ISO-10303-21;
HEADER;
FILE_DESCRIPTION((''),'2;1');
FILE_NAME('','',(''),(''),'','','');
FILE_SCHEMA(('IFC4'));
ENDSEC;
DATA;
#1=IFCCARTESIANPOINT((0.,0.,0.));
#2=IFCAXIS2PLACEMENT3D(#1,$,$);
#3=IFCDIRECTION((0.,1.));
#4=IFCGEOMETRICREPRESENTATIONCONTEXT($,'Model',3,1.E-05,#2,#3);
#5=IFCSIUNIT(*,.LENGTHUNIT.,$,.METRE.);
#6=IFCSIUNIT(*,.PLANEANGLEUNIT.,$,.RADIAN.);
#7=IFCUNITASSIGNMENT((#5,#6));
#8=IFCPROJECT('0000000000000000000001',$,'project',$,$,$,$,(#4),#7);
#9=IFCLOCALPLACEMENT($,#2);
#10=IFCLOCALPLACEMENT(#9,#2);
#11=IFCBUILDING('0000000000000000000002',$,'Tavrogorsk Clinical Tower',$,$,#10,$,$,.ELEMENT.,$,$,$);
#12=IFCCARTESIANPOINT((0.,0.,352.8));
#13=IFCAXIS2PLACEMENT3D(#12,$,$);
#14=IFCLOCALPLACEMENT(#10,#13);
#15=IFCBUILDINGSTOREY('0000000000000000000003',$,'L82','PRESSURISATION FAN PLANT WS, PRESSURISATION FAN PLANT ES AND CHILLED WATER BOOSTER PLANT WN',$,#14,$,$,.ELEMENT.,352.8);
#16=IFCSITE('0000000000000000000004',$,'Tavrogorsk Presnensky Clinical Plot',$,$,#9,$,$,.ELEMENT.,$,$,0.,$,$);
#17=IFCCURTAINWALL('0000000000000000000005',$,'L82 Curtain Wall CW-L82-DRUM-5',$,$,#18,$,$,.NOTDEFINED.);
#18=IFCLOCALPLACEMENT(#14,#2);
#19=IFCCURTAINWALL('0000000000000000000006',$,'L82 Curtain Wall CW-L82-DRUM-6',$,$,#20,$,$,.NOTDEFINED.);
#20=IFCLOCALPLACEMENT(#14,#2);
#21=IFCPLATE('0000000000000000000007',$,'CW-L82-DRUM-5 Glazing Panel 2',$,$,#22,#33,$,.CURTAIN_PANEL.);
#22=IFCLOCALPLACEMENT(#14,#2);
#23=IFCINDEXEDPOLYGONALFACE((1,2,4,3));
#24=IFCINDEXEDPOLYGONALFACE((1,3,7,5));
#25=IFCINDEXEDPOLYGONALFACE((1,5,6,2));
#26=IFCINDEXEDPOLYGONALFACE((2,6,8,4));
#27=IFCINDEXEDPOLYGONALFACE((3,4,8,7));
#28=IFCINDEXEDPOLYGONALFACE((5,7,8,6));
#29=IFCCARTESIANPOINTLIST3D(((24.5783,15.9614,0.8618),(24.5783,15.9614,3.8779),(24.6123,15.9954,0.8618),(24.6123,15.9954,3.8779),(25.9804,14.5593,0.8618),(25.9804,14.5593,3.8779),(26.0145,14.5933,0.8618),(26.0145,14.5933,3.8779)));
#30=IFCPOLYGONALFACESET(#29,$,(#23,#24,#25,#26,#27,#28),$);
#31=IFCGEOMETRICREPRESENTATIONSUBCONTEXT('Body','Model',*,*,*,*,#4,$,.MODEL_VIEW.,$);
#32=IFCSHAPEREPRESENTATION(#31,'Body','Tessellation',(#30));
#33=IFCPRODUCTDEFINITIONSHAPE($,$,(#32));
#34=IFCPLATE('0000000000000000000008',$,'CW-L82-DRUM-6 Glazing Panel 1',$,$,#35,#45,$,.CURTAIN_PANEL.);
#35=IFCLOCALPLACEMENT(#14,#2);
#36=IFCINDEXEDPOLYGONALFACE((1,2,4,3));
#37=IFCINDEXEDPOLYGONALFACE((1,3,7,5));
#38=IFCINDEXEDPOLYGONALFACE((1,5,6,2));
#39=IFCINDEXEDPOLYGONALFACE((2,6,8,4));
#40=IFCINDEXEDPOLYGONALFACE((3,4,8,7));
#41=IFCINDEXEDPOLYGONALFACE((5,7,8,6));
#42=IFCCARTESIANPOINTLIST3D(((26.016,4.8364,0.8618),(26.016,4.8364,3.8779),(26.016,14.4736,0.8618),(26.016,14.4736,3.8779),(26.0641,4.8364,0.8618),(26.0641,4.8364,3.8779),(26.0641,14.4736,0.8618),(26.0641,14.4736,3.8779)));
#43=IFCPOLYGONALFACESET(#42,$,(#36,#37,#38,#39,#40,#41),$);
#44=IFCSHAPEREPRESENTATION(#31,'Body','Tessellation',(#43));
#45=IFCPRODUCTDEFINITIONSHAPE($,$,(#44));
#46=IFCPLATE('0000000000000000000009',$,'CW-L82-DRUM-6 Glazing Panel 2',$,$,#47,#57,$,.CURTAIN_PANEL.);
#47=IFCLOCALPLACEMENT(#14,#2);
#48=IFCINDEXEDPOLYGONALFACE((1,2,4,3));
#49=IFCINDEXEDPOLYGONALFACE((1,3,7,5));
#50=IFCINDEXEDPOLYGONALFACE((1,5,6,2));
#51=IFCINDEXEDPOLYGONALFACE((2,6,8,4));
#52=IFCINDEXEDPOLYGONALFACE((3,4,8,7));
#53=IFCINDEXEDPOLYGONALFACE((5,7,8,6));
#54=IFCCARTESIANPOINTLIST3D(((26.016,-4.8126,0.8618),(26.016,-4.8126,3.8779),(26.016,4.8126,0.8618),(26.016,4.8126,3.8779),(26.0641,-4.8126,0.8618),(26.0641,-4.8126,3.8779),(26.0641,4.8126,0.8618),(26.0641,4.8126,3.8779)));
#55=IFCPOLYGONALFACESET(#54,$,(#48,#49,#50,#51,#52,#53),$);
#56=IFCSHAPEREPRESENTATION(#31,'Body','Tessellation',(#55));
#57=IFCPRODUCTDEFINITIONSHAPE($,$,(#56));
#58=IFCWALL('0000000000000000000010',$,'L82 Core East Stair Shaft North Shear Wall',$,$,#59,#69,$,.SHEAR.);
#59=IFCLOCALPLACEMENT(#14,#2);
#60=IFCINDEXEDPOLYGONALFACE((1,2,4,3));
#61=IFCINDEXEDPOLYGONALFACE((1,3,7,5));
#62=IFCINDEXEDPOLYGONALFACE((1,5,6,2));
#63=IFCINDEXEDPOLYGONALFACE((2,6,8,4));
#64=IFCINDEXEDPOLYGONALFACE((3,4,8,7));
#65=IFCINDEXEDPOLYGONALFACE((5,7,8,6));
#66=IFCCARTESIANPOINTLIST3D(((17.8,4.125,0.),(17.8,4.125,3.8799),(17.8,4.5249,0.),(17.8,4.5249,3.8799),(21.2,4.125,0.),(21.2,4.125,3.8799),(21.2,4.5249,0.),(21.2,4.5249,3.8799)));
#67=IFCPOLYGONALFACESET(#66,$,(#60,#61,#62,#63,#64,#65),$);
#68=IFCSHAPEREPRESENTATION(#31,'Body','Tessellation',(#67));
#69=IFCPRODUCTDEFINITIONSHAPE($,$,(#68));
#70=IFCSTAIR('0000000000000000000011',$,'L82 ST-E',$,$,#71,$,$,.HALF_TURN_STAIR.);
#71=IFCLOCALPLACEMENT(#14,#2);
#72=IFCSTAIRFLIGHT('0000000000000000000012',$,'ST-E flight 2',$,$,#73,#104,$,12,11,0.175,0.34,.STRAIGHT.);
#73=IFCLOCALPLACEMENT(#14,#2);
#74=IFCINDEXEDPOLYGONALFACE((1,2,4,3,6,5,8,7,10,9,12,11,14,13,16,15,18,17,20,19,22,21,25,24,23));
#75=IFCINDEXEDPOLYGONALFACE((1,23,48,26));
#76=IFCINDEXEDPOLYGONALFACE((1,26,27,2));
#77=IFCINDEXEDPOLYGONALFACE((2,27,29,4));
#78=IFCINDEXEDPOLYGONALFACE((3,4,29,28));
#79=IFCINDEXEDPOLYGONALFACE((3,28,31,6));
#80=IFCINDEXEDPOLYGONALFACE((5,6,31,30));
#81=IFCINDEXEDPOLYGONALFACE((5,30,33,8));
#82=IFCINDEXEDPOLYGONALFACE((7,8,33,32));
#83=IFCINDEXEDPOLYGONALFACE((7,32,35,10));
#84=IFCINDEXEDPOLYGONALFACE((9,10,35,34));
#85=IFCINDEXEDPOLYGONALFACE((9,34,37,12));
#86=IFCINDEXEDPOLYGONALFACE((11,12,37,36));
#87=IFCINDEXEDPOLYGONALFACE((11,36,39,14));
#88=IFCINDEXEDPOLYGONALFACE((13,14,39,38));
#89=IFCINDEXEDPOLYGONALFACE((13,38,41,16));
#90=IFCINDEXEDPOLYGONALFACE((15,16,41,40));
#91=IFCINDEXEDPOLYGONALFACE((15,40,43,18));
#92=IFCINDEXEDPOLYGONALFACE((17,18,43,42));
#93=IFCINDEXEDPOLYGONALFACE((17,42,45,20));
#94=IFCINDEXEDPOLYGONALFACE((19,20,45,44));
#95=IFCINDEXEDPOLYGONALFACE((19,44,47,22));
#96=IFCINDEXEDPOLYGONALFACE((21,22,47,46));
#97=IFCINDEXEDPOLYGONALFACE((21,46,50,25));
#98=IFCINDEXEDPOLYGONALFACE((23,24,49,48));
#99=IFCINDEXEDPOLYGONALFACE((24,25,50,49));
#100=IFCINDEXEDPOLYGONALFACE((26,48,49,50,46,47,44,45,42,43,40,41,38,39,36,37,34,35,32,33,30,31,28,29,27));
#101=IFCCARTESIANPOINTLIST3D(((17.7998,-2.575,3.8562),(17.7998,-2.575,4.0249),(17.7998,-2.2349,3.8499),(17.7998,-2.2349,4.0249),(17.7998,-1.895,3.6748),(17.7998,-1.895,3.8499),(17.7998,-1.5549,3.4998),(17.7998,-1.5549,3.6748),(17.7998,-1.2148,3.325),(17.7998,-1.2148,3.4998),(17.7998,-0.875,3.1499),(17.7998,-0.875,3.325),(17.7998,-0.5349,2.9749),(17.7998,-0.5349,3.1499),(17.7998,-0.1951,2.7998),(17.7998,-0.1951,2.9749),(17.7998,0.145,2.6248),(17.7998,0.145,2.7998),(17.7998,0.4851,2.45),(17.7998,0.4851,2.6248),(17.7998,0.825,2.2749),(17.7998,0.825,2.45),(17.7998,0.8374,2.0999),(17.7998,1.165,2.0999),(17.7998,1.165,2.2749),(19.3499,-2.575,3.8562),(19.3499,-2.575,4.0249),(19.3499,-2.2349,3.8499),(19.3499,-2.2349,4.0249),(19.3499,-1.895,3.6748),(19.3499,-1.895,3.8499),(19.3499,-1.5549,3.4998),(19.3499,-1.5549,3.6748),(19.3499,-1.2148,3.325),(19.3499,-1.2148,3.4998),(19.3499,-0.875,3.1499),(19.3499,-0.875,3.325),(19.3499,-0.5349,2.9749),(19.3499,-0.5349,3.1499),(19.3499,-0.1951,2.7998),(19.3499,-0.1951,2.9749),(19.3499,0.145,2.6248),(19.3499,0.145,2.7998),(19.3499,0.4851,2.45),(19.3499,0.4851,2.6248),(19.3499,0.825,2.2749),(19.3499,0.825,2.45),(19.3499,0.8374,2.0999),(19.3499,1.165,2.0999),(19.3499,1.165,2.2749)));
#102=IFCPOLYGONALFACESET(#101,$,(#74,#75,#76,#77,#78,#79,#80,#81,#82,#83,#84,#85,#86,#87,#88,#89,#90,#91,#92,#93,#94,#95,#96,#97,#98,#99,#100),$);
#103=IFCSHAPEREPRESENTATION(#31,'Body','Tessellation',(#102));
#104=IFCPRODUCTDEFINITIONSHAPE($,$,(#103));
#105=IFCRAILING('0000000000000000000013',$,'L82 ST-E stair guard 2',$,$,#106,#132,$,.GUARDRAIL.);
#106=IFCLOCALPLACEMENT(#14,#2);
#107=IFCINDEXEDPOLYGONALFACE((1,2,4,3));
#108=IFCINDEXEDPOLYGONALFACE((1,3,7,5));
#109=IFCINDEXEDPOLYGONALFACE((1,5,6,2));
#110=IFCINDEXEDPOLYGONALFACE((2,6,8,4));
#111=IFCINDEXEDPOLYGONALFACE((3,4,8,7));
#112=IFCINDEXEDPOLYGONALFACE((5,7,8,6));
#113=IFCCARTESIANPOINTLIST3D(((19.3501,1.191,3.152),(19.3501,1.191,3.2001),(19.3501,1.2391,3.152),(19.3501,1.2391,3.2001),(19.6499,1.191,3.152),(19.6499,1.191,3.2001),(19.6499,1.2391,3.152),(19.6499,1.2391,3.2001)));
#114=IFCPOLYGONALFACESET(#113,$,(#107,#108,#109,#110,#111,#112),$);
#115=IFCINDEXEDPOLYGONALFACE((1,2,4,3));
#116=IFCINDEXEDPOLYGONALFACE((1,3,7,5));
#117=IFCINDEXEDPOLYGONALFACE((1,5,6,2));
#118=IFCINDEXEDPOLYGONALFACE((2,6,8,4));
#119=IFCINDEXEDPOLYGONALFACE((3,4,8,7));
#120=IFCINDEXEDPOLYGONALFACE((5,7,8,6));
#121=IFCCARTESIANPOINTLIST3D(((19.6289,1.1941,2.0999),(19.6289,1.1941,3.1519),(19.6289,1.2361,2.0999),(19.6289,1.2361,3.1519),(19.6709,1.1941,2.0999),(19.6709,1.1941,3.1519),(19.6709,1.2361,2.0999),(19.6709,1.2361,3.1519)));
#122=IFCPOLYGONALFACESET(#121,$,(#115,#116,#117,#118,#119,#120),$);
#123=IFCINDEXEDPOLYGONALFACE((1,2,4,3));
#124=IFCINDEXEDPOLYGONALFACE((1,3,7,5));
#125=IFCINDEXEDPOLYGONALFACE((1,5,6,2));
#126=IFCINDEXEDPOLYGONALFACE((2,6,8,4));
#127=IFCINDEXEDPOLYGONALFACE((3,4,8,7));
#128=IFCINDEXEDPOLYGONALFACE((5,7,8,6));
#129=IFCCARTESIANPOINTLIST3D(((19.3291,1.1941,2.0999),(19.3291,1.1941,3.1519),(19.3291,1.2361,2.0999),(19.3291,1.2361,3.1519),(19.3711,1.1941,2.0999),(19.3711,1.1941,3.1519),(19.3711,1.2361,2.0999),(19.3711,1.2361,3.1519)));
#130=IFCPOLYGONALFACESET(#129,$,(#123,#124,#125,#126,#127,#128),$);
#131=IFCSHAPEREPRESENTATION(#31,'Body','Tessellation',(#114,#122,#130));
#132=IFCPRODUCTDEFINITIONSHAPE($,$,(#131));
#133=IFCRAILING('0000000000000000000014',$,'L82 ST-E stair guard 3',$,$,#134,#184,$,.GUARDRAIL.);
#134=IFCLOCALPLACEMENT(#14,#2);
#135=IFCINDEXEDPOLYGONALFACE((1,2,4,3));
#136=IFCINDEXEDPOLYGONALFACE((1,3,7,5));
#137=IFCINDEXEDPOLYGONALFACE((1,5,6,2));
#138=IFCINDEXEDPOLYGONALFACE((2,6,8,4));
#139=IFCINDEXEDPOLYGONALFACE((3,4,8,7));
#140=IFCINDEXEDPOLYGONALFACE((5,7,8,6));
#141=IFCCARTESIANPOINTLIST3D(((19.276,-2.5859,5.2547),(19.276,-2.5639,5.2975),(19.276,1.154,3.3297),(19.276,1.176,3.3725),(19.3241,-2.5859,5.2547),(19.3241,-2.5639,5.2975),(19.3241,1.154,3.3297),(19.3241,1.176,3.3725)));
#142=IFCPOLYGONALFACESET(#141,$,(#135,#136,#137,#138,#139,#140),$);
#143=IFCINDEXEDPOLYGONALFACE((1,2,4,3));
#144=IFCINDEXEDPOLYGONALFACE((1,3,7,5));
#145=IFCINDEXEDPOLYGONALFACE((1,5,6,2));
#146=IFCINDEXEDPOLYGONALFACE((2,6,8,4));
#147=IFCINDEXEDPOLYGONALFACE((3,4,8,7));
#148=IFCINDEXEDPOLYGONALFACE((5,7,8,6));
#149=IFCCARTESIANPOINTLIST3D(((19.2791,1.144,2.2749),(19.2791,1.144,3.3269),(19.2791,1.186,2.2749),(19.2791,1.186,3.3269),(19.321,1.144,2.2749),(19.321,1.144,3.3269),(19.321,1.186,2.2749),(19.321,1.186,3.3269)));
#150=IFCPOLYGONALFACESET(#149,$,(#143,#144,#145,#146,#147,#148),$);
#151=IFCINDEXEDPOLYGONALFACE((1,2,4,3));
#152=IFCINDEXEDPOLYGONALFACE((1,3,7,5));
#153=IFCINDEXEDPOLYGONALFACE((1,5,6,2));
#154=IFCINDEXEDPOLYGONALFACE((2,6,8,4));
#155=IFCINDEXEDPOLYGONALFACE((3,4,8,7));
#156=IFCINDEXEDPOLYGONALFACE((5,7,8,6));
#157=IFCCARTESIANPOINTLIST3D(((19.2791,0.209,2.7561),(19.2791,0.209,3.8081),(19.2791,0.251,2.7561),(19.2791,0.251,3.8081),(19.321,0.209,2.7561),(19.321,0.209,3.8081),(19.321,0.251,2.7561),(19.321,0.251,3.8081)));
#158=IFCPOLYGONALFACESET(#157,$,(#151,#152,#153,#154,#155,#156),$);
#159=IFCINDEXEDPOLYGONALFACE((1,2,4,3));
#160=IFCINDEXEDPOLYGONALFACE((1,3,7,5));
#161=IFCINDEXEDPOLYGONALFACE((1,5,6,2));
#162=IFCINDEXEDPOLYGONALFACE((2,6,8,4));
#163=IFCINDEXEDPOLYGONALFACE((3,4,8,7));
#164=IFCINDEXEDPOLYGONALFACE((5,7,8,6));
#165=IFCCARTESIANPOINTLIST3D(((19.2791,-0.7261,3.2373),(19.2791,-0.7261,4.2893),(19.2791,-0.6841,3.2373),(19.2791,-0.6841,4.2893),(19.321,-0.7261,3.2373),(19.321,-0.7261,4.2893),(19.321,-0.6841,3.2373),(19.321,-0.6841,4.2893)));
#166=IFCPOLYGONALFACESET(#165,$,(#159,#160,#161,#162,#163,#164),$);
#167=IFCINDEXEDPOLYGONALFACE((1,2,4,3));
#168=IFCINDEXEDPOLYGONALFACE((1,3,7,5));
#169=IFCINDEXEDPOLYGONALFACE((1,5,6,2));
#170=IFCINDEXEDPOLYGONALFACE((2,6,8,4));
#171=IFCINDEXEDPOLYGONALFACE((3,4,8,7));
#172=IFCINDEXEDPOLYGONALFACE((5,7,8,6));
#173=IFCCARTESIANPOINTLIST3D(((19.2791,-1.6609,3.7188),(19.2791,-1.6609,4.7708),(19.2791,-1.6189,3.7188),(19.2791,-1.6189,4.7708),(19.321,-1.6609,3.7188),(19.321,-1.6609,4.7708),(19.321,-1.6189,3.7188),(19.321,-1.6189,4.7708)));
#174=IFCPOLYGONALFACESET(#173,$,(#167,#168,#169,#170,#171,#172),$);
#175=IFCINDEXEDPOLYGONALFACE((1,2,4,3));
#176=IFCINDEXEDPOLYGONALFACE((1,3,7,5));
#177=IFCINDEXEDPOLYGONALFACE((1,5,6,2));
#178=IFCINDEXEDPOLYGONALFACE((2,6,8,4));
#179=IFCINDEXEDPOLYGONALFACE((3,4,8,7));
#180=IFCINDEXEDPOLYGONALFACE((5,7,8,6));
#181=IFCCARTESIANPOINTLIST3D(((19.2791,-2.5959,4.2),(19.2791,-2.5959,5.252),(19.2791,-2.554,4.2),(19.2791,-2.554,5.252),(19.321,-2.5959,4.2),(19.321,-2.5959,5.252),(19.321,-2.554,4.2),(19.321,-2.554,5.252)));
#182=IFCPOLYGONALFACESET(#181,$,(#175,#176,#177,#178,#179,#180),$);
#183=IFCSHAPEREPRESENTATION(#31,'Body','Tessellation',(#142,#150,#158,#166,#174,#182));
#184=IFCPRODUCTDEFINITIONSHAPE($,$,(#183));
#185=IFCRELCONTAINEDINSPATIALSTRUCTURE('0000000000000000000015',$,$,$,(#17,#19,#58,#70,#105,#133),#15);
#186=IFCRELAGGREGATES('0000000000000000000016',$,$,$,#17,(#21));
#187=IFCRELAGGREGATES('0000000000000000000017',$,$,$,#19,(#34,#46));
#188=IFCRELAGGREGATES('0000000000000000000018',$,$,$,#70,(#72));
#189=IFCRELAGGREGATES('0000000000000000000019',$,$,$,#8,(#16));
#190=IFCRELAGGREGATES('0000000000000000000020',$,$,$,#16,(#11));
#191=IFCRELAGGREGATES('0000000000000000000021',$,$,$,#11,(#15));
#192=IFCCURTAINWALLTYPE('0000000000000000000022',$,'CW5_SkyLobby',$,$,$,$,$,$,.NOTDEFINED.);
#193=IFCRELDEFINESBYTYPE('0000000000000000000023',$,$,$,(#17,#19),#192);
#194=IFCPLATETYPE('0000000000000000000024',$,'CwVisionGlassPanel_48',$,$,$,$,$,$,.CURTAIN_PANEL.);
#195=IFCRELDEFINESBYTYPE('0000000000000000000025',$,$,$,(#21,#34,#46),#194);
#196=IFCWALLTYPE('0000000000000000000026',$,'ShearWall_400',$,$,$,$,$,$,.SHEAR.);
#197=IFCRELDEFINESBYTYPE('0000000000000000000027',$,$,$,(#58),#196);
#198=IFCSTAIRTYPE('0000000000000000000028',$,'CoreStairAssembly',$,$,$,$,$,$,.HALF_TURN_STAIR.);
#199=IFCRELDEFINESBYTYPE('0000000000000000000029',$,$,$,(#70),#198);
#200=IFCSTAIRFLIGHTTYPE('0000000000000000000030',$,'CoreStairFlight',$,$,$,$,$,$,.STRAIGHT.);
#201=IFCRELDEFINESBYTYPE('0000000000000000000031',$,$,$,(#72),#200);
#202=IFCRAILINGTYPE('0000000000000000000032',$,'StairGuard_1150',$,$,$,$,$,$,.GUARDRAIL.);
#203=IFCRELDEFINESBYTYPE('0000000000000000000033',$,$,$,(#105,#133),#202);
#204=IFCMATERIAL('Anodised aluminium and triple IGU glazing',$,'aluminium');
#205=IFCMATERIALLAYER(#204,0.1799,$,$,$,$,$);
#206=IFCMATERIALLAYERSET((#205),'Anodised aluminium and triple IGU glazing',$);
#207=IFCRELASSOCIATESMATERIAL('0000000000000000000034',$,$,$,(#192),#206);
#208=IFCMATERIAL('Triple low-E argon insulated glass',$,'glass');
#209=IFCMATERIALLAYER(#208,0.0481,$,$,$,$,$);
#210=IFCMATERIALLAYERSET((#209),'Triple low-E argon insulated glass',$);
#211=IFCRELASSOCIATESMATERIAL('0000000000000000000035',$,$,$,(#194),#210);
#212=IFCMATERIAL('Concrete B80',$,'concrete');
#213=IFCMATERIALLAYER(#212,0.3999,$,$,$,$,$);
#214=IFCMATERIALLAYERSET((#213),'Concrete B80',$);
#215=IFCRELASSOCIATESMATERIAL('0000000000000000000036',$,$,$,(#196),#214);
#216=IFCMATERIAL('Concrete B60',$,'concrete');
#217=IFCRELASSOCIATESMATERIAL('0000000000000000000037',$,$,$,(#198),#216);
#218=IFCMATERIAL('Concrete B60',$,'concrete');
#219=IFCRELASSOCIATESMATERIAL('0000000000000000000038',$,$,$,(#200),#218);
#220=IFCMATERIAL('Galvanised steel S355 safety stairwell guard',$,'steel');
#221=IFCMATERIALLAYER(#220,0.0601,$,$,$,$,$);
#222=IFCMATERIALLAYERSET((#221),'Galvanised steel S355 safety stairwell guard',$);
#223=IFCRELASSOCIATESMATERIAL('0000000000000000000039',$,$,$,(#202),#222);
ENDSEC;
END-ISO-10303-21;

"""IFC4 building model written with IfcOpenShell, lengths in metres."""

from ifc_helpers import new_model, si_unit, direction, frame, frame_2d, origin, origin_2d, place, context, subcontext, project, spatial, polyline, rectangle, outline, extrude, material, layer, layer_set, type_object, element, aggregate, save


model = new_model("IFC4")

# Units and contexts
model_context = context("Model", 3, precision=1e-05, world=origin(), true_north=direction((0.0, 1.0)))
body_context = subcontext(model_context, "Body", "Model", "MODEL_VIEW")
ifc_project = project(units=[si_unit("LENGTHUNIT", "METRE"), si_unit("PLANEANGLEUNIT", "RADIAN")], contexts=[model_context])

# Site, building, storey
site_placement = place(None, origin())
site = spatial("IfcSite", under=ifc_project, at=site_placement, Name="Tavrogorsk Presnensky Clinical Plot", CompositionType="ELEMENT", RefElevation=0.0)
building_placement = place(site_placement, origin())
building = spatial("IfcBuilding", under=site, at=building_placement, Name="Tavrogorsk Clinical Tower", CompositionType="ELEMENT")
storey_placement = place(building_placement, frame((0.0, 0.0, 352.8)))
storey = spatial("IfcBuildingStorey", under=building, at=storey_placement, Name="L82", Description="PRESSURISATION FAN PLANT WS, PRESSURISATION FAN PLANT ES AND CHILLED WATER BOOSTER PLANT WN", CompositionType="ELEMENT", Elevation=352.8)

# Shared definitions
ifc_material_1 = material(Name="Anodised aluminium and triple IGU glazing", Category="aluminium")
ifc_layer_1 = layer(ifc_material_1, 0.1799)
ifc_layer_set_1 = layer_set([ifc_layer_1], Name="Anodised aluminium and triple IGU glazing")
curtain_wall_type = type_object("IfcCurtainWallType", Name="CW5_SkyLobby", PredefinedType="NOTDEFINED", material=ifc_layer_set_1)

# Curtain walls
curtain_wall_1_placement = place(storey_placement, origin())
curtain_wall_1 = element("IfcCurtainWall", 1, at=curtain_wall_1_placement, inside=storey, type_object=curtain_wall_type, Name="L82 Curtain Wall CW-L82-DRUM-5", PredefinedType="NOTDEFINED")
curtain_wall_2_placement = place(storey_placement, origin())
curtain_wall_2 = element("IfcCurtainWall", 2, at=curtain_wall_2_placement, inside=storey, type_object=curtain_wall_type, Name="L82 Curtain Wall CW-L82-DRUM-6", PredefinedType="NOTDEFINED")

# Plates
ifc_material_2 = material(Name="Triple low-E argon insulated glass", Category="glass")
ifc_layer_2 = layer(ifc_material_2, 0.0481)
ifc_layer_set_2 = layer_set([ifc_layer_2], Name="Triple low-E argon insulated glass")
plate_type_1 = type_object("IfcPlateType", Name="CwVisionGlassPanel_48", PredefinedType="CURTAIN_PANEL", material=ifc_layer_set_2)
plate_1_placement = place(storey_placement, frame((25.2964, 15.2773, 0.8618), z_axis=(0.0, 0.0, 1.0), x_axis=(0.707107, -0.707107, 0.0)))
plate_1 = element("IfcPlate", 3, at=plate_1_placement, type_object=plate_type_1, Name="CW-L82-DRUM-5 Glazing Panel 2", PredefinedType="CURTAIN_PANEL", context=body_context, shape_type="SweptSolid", body=[
    extrude(rectangle(XDim=1.9829, YDim=0.0481, at=origin_2d()), origin(), (0.0, 0.0, 1.0), 3.0161),
])
aggregate(curtain_wall_1, [plate_1])
plate_2_placement = place(storey_placement, frame((26.04, 9.655, 0.8618), z_axis=(0.0, 0.0, 1.0), x_axis=(0.0, -1.0, 0.0)))
plate_2 = element("IfcPlate", 4, at=plate_2_placement, type_object=plate_type_1, Name="CW-L82-DRUM-6 Glazing Panel 1", PredefinedType="CURTAIN_PANEL", context=body_context, shape_type="SweptSolid", body=[
    extrude(rectangle(XDim=9.6372, YDim=0.0481, at=origin_2d()), origin(), (0.0, 0.0, 1.0), 3.0161),
])
plate_3_placement = place(storey_placement, frame((26.04, 0.0, 0.8618), z_axis=(0.0, 0.0, 1.0), x_axis=(0.0, -1.0, 0.0)))
plate_3 = element("IfcPlate", 5, at=plate_3_placement, type_object=plate_type_1, Name="CW-L82-DRUM-6 Glazing Panel 2", PredefinedType="CURTAIN_PANEL", context=body_context, shape_type="SweptSolid", body=[
    extrude(rectangle(XDim=9.6252, YDim=0.0481, at=origin_2d()), origin(), (0.0, 0.0, 1.0), 3.0161),
])
aggregate(curtain_wall_2, [plate_2, plate_3])

# Wall
ifc_material_3 = material(Name="Concrete B80", Category="concrete")
ifc_layer_3 = layer(ifc_material_3, 0.3999)
ifc_layer_set_3 = layer_set([ifc_layer_3], Name="Concrete B80")
wall_type = type_object("IfcWallType", Name="ShearWall_400", PredefinedType="SHEAR", material=ifc_layer_set_3)
wall_placement = place(storey_placement, frame((17.8, 4.325, 0.0), z_axis=(0.0, 0.0, 1.0), x_axis=(1.0, 0.0, 0.0)))
element("IfcWall", 6, at=wall_placement, inside=storey, type_object=wall_type, Name="L82 Core East Stair Shaft North Shear Wall", PredefinedType="SHEAR", context=body_context, shape_type="SweptSolid", body=[
    extrude(rectangle(XDim=3.3999, YDim=0.3999, at=frame_2d((1.7, 0.0))), origin(), (0.0, 0.0, 1.0), 3.8799),
])

# Stair, stair flight
ifc_material_4 = material(Name="Concrete B60", Category="concrete")
stair_type = type_object("IfcStairType", Name="CoreStairAssembly", PredefinedType="HALF_TURN_STAIR", material=ifc_material_4)
stair_placement = place(storey_placement, origin())
stair = element("IfcStair", 7, at=stair_placement, inside=storey, type_object=stair_type, Name="L82 ST-E", PredefinedType="HALF_TURN_STAIR")
ifc_material_5 = material(Name="Concrete B60", Category="concrete")
stair_flight_type = type_object("IfcStairFlightType", Name="CoreStairFlight", PredefinedType="STRAIGHT", material=ifc_material_5)
stair_flight_placement = place(storey_placement, frame((18.575, 1.165, 2.0999), z_axis=(0.0, 0.0, 1.0), x_axis=(0.0, -1.0, 0.0)))
stair_flight = element("IfcStairFlight", 8, at=stair_flight_placement, type_object=stair_flight_type, Name="ST-E flight 2", NumberOfRisers=12, NumberOfTreads=11, PredefinedType="STRAIGHT", RiserHeight=0.175, TreadLength=0.34, context=body_context, shape_type="SweptSolid", body=[
    extrude(outline(polyline([(0.0, 0.0), (0.0, 0.175), (0.3401, 0.175), (0.3401, 0.3501), (0.6799, 0.3501), (0.6799, 0.5249), (1.02, 0.5249), (1.02, 0.7), (1.3601, 0.7), (1.3601, 0.875), (1.7, 0.875), (1.7, 1.05), (2.04, 1.05), (2.04, 1.2251), (2.3799, 1.2251), (2.3799, 1.3999), (2.72, 1.3999), (2.72, 1.575), (3.0601, 1.575), (3.0601, 1.75), (3.3999, 1.75), (3.3999, 1.925), (3.74, 1.925), (3.74, 2.1001), (3.74, 1.7563), (0.3276, 0.0), (0.0, 0.0)])), frame((0.0, 0.7749, 0.0), z_axis=(0.0, -1.0, 0.0), x_axis=(1.0, 0.0, 0.0)), (0.0, 0.0, 1.0), 1.55),
])
aggregate(stair, [stair_flight])

# Railings
ifc_material_6 = material(Name="Galvanised steel S355 safety stairwell guard", Category="steel")
ifc_layer_4 = layer(ifc_material_6, 0.0601)
ifc_layer_set_4 = layer_set([ifc_layer_4], Name="Galvanised steel S355 safety stairwell guard")
railing_type_1 = type_object("IfcRailingType", Name="StairGuard_1150", PredefinedType="GUARDRAIL", material=ifc_layer_set_4)
railing_1_placement = place(storey_placement, frame((19.6499, 1.2151, 2.0999)))
element("IfcRailing", 9, at=railing_1_placement, inside=storey, type_object=railing_type_1, Name="L82 ST-E stair guard 2", PredefinedType="GUARDRAIL", context=body_context, shape_type="SweptSolid", body=[
    extrude(rectangle(XDim=0.0481, YDim=0.0481, at=origin_2d()), frame((0.0, 0.0, 1.0762), z_axis=(-1.0, 0.0, 0.0), x_axis=(0.0, -1.0, 0.0)), (0.0, 0.0, 1.0), 0.2998),
    extrude(rectangle(XDim=0.042, YDim=0.042, at=origin_2d()), origin(), (0.0, 0.0, 1.0), 1.052),
    extrude(rectangle(XDim=0.042, YDim=0.042, at=origin_2d()), frame((-0.2998, 0.0, 0.0)), (0.0, 0.0, 1.0), 1.052),
])
railing_2_placement = place(storey_placement, frame((19.3, 1.165, 2.2749)))
element("IfcRailing", 10, at=railing_2_placement, inside=storey, type_object=railing_type_1, Name="L82 ST-E stair guard 3", PredefinedType="GUARDRAIL", context=body_context, shape_type="SweptSolid", body=[
    extrude(rectangle(XDim=0.0481, YDim=0.0481, at=origin_2d()), frame((0.0, 0.0, 1.0762), z_axis=(0.0, -0.889131, 0.457654), x_axis=(1.0, 0.0, 0.0)), (0.0, 0.0, 1.0), 4.2063),
    extrude(rectangle(XDim=0.042, YDim=0.042, at=origin_2d()), origin(), (0.0, 0.0, 1.0), 1.052),
    extrude(rectangle(XDim=0.042, YDim=0.042, at=origin_2d()), frame((0.0, -0.9351, 0.4812)), (0.0, 0.0, 1.0), 1.052),
    extrude(rectangle(XDim=0.042, YDim=0.042, at=origin_2d()), frame((0.0, -1.8701, 0.9624)), (0.0, 0.0, 1.0), 1.052),
    extrude(rectangle(XDim=0.042, YDim=0.042, at=origin_2d()), frame((0.0, -2.8049, 1.4438)), (0.0, 0.0, 1.0), 1.052),
    extrude(rectangle(XDim=0.042, YDim=0.042, at=origin_2d()), frame((0.0, -3.74, 1.925)), (0.0, 0.0, 1.0), 1.052),
])

save(model, "model.ifc")
